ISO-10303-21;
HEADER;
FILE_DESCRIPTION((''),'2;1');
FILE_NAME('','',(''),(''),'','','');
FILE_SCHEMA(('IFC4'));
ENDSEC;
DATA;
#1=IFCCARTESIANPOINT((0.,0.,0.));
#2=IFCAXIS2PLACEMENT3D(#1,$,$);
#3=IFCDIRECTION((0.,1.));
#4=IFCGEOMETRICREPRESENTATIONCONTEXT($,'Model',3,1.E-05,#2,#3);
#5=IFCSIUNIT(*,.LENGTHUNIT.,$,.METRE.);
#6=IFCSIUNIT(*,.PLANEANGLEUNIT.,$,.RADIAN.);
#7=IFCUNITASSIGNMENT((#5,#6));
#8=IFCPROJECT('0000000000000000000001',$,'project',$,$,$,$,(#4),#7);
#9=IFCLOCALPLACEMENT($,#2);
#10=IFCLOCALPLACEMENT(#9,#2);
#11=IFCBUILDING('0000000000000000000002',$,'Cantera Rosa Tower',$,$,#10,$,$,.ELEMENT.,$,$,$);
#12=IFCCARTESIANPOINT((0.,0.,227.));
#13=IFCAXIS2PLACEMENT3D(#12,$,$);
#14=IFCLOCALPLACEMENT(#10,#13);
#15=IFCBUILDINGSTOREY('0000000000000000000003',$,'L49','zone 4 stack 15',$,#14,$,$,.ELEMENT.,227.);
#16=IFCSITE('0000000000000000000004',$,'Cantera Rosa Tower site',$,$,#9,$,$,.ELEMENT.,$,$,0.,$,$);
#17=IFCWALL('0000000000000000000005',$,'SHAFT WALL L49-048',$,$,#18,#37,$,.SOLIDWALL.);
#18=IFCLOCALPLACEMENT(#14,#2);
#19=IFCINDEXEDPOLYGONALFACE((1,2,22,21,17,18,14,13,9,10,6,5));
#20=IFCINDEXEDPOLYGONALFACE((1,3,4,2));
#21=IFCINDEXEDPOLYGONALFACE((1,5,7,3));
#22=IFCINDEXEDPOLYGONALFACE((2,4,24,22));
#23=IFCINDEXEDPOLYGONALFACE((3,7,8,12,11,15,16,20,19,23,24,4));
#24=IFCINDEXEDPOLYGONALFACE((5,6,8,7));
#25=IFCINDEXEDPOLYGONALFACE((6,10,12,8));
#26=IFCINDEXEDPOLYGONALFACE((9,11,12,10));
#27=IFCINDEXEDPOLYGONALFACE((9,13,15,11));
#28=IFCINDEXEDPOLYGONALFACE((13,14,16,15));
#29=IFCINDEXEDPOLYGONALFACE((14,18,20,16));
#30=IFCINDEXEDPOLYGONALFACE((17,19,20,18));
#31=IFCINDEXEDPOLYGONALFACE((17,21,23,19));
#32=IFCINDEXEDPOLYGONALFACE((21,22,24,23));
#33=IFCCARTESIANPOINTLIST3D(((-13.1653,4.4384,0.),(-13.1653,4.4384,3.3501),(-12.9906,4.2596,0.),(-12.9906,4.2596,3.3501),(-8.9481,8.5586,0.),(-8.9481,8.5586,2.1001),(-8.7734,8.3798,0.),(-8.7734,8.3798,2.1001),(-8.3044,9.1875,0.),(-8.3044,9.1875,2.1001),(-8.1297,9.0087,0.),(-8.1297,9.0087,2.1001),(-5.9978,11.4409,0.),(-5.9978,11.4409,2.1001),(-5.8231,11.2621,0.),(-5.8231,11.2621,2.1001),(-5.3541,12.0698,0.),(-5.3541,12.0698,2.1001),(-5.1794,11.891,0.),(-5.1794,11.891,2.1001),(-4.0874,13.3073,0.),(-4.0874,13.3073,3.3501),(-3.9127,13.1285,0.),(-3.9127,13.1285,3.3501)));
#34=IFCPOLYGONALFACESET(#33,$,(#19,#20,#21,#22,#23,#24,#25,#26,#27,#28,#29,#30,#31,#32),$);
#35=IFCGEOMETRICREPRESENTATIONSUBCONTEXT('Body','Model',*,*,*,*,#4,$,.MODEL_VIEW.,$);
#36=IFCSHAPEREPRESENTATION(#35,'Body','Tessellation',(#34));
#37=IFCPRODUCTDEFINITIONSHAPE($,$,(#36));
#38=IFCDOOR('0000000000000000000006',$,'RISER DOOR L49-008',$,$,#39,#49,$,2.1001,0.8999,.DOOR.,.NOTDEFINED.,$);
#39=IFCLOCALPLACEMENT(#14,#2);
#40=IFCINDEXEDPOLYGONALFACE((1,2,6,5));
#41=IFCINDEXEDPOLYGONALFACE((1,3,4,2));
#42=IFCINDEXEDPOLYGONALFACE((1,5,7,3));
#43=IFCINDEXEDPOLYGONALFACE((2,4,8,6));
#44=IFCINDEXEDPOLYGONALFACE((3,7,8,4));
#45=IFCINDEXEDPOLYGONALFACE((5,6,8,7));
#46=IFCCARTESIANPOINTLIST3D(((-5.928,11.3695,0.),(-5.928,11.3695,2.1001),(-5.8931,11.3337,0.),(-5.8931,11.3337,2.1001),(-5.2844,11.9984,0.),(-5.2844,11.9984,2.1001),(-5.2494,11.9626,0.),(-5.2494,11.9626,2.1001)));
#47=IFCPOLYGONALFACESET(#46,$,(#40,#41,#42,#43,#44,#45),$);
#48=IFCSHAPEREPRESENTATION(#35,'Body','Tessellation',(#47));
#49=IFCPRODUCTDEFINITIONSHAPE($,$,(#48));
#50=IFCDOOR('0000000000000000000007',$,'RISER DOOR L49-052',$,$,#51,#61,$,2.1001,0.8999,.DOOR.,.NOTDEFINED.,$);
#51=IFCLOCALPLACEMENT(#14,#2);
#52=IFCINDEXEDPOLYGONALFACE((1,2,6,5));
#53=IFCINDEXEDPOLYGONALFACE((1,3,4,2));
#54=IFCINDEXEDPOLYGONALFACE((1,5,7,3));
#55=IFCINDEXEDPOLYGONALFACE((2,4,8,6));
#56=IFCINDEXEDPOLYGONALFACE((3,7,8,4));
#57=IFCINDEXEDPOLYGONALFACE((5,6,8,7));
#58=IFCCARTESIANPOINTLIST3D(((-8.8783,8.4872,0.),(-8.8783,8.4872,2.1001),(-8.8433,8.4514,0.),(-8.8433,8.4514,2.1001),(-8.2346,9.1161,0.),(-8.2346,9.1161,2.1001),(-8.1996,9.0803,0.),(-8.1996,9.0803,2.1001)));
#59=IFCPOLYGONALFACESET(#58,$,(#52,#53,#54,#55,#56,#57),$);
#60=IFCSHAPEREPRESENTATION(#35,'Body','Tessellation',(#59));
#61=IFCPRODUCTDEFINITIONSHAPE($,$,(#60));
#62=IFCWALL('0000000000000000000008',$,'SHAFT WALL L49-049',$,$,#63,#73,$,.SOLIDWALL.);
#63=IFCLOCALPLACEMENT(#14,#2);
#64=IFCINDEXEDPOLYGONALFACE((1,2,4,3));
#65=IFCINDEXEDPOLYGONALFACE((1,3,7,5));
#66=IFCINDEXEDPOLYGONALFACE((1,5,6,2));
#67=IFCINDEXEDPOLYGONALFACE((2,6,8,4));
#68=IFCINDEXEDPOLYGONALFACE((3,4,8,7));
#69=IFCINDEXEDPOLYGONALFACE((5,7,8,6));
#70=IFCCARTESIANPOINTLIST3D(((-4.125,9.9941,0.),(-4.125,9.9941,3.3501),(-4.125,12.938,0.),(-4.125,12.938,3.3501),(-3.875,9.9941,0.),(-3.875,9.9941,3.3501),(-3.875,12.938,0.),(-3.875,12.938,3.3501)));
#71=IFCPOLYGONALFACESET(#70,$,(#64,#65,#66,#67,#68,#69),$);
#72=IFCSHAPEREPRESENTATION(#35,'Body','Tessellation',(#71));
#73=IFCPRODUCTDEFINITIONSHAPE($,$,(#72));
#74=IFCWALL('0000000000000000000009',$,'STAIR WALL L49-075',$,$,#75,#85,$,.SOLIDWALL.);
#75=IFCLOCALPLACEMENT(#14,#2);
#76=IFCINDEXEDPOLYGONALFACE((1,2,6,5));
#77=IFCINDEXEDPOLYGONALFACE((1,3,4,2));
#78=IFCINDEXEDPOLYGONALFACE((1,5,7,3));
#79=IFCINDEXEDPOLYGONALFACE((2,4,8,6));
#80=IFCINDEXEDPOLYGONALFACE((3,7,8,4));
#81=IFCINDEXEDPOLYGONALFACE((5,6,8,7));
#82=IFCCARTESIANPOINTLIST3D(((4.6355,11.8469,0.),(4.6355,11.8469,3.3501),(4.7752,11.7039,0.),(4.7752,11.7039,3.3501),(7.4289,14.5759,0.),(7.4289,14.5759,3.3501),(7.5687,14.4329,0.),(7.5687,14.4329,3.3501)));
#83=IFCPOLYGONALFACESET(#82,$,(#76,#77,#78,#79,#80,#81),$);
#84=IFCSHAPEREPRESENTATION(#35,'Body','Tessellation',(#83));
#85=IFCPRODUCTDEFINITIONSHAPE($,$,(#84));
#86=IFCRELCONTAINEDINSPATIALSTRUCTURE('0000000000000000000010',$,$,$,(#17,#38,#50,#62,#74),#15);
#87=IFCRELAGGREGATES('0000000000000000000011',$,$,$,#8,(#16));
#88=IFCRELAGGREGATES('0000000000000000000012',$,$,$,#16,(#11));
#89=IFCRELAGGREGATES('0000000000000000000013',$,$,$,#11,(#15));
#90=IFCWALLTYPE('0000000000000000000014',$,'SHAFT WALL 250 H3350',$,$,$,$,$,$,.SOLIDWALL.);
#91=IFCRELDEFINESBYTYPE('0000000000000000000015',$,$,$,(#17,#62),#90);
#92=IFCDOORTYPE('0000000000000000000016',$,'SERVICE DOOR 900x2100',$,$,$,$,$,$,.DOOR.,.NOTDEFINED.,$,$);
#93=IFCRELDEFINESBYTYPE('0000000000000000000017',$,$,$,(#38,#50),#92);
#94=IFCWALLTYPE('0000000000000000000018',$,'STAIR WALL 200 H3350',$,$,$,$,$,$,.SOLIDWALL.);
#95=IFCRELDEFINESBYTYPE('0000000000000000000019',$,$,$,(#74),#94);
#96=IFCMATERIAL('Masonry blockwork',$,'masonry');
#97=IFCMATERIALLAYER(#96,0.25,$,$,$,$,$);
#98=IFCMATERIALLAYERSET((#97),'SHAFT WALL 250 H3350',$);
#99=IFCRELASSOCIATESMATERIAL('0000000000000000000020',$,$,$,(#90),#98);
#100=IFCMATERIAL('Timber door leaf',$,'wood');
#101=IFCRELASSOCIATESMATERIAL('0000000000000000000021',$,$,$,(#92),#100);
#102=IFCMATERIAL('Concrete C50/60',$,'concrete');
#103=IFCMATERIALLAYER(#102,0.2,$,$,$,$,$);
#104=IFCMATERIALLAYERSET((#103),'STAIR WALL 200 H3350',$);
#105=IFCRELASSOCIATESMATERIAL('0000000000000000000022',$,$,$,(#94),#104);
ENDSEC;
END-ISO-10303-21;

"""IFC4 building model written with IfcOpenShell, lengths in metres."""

from ifc_helpers import new_model, si_unit, direction, frame, frame_2d, origin, place, context, subcontext, project, spatial, rectangle, extrude, material, layer, layer_set, type_object, element, fill, save


model = new_model("IFC4")

# Units and contexts
model_context = context("Model", 3, precision=1e-05, world=origin(), true_north=direction((0.0, 1.0)))
body_context = subcontext(model_context, "Body", "Model", "MODEL_VIEW")
ifc_project = project(units=[si_unit("LENGTHUNIT", "METRE"), si_unit("PLANEANGLEUNIT", "RADIAN")], contexts=[model_context])

# Site, building, storey
site_placement = place(None, origin())
site = spatial("IfcSite", under=ifc_project, at=site_placement, Name="Cantera Rosa Tower site", CompositionType="ELEMENT", RefElevation=0.0)
building_placement = place(site_placement, origin())
building = spatial("IfcBuilding", under=site, at=building_placement, Name="Cantera Rosa Tower", CompositionType="ELEMENT")
storey_placement = place(building_placement, frame((0.0, 0.0, 227.0)))
storey = spatial("IfcBuildingStorey", under=building, at=storey_placement, Name="L49", Description="zone 4 stack 15", CompositionType="ELEMENT", Elevation=227.0)

# Wall, openings, doors
ifc_material_1 = material(Name="Masonry blockwork", Category="masonry")
ifc_layer_1 = layer(ifc_material_1, 0.25)
ifc_layer_set_1 = layer_set([ifc_layer_1], Name="SHAFT WALL 250 H3350")
wall_type_1 = type_object("IfcWallType", Name="SHAFT WALL 250 H3350", PredefinedType="SOLIDWALL", material=ifc_layer_set_1)
wall_1_placement = place(storey_placement, frame((-4.0, 13.218, 0.0), z_axis=(0.0, 0.0, 1.0), x_axis=(-0.715292, -0.698825, 0.0)))
wall_1 = element("IfcWall", 1, at=wall_1_placement, inside=storey, type_object=wall_type_1, Name="SHAFT WALL L49-048", PredefinedType="SOLIDWALL", context=body_context, shape_type="SweptSolid", body=[
    extrude(rectangle(XDim=12.6912, YDim=0.25, at=frame_2d((6.3457, 0.0))), origin(), (0.0, 0.0, 1.0), 3.3501),
])
opening_1_placement = place(wall_1_placement, frame((1.771, 0.0, 0.0)))
opening_1 = element("IfcOpeningElement", 2, at=opening_1_placement, cuts=wall_1, PredefinedType="OPENING", context=body_context, shape_type="SweptSolid", body=[
    extrude(rectangle(XDim=0.8999, YDim=2.1001, at=frame_2d((0.45, 1.05))), frame((0.0, 0.135, 0.0), z_axis=(0.0, -1.0, 0.0), x_axis=(1.0, 0.0, 0.0)), (0.0, 0.0, 1.0), 0.27),
])
opening_2_placement = place(wall_1_placement, frame((5.8955, 0.0, 0.0)))
opening_2 = element("IfcOpeningElement", 3, at=opening_2_placement, cuts=wall_1, PredefinedType="OPENING", context=body_context, shape_type="SweptSolid", body=[
    extrude(rectangle(XDim=0.8999, YDim=2.1001, at=frame_2d((0.45, 1.05))), frame((0.0, 0.135, 0.0), z_axis=(0.0, -1.0, 0.0), x_axis=(1.0, 0.0, 0.0)), (0.0, 0.0, 1.0), 0.27),
])
ifc_material_2 = material(Name="Timber door leaf", Category="wood")
door_type_1 = type_object("IfcDoorType", Name="SERVICE DOOR 900x2100", OperationType="NOTDEFINED", PredefinedType="DOOR", material=ifc_material_2)
door_1_placement = place(opening_1_placement, origin())
door_1 = element("IfcDoor", 4, at=door_1_placement, inside=storey, type_object=door_type_1, Name="RISER DOOR L49-008", OperationType="NOTDEFINED", OverallHeight=2.1001, OverallWidth=0.8999, PredefinedType="DOOR", context=body_context, shape_type="SweptSolid", body=[
    extrude(rectangle(XDim=0.8999, YDim=2.1001, at=frame_2d((0.45, 1.05))), frame((0.0, 0.0249, 0.0), z_axis=(0.0, -1.0, 0.0), x_axis=(1.0, 0.0, 0.0)), (0.0, 0.0, 1.0), 0.05),
])
fill(opening_1, door_1)
door_2_placement = place(opening_2_placement, origin())
door_2 = element("IfcDoor", 5, at=door_2_placement, inside=storey, type_object=door_type_1, Name="RISER DOOR L49-052", OperationType="NOTDEFINED", OverallHeight=2.1001, OverallWidth=0.8999, PredefinedType="DOOR", context=body_context, shape_type="SweptSolid", body=[
    extrude(rectangle(XDim=0.8999, YDim=2.1001, at=frame_2d((0.45, 1.05))), frame((0.0, 0.0249, 0.0), z_axis=(0.0, -1.0, 0.0), x_axis=(1.0, 0.0, 0.0)), (0.0, 0.0, 1.0), 0.05),
])
fill(opening_2, door_2)

# Walls
wall_2_placement = place(storey_placement, frame((-4.0, 12.938, 0.0), z_axis=(0.0, 0.0, 1.0), x_axis=(0.0, -1.0, 0.0)))
element("IfcWall", 6, at=wall_2_placement, inside=storey, type_object=wall_type_1, Name="SHAFT WALL L49-049", PredefinedType="SOLIDWALL", context=body_context, shape_type="SweptSolid", body=[
    extrude(rectangle(XDim=2.9438, YDim=0.25, at=frame_2d((1.4719, 0.0))), origin(), (0.0, 0.0, 1.0), 3.3501),
])
ifc_material_3 = material(Name="Concrete C50/60", Category="concrete")
ifc_layer_2 = layer(ifc_material_3, 0.2)
ifc_layer_set_2 = layer_set([ifc_layer_2], Name="STAIR WALL 200 H3350")
wall_type_2 = type_object("IfcWallType", Name="STAIR WALL 200 H3350", PredefinedType="SOLIDWALL", material=ifc_layer_set_2)
wall_3_placement = place(storey_placement, frame((4.7053, 11.7754, 0.0), z_axis=(0.0, 0.0, 1.0), x_axis=(0.715311, 0.698806, 0.0)))
element("IfcWall", 7, at=wall_3_placement, inside=storey, type_object=wall_type_2, Name="STAIR WALL L49-075", PredefinedType="SOLIDWALL", context=body_context, shape_type="SweptSolid", body=[
    extrude(rectangle(XDim=3.9053, YDim=0.2, at=frame_2d((1.9526, 0.0))), origin(), (0.0, 0.0, 1.0), 3.3501),
])

save(model, "model.ifc")
